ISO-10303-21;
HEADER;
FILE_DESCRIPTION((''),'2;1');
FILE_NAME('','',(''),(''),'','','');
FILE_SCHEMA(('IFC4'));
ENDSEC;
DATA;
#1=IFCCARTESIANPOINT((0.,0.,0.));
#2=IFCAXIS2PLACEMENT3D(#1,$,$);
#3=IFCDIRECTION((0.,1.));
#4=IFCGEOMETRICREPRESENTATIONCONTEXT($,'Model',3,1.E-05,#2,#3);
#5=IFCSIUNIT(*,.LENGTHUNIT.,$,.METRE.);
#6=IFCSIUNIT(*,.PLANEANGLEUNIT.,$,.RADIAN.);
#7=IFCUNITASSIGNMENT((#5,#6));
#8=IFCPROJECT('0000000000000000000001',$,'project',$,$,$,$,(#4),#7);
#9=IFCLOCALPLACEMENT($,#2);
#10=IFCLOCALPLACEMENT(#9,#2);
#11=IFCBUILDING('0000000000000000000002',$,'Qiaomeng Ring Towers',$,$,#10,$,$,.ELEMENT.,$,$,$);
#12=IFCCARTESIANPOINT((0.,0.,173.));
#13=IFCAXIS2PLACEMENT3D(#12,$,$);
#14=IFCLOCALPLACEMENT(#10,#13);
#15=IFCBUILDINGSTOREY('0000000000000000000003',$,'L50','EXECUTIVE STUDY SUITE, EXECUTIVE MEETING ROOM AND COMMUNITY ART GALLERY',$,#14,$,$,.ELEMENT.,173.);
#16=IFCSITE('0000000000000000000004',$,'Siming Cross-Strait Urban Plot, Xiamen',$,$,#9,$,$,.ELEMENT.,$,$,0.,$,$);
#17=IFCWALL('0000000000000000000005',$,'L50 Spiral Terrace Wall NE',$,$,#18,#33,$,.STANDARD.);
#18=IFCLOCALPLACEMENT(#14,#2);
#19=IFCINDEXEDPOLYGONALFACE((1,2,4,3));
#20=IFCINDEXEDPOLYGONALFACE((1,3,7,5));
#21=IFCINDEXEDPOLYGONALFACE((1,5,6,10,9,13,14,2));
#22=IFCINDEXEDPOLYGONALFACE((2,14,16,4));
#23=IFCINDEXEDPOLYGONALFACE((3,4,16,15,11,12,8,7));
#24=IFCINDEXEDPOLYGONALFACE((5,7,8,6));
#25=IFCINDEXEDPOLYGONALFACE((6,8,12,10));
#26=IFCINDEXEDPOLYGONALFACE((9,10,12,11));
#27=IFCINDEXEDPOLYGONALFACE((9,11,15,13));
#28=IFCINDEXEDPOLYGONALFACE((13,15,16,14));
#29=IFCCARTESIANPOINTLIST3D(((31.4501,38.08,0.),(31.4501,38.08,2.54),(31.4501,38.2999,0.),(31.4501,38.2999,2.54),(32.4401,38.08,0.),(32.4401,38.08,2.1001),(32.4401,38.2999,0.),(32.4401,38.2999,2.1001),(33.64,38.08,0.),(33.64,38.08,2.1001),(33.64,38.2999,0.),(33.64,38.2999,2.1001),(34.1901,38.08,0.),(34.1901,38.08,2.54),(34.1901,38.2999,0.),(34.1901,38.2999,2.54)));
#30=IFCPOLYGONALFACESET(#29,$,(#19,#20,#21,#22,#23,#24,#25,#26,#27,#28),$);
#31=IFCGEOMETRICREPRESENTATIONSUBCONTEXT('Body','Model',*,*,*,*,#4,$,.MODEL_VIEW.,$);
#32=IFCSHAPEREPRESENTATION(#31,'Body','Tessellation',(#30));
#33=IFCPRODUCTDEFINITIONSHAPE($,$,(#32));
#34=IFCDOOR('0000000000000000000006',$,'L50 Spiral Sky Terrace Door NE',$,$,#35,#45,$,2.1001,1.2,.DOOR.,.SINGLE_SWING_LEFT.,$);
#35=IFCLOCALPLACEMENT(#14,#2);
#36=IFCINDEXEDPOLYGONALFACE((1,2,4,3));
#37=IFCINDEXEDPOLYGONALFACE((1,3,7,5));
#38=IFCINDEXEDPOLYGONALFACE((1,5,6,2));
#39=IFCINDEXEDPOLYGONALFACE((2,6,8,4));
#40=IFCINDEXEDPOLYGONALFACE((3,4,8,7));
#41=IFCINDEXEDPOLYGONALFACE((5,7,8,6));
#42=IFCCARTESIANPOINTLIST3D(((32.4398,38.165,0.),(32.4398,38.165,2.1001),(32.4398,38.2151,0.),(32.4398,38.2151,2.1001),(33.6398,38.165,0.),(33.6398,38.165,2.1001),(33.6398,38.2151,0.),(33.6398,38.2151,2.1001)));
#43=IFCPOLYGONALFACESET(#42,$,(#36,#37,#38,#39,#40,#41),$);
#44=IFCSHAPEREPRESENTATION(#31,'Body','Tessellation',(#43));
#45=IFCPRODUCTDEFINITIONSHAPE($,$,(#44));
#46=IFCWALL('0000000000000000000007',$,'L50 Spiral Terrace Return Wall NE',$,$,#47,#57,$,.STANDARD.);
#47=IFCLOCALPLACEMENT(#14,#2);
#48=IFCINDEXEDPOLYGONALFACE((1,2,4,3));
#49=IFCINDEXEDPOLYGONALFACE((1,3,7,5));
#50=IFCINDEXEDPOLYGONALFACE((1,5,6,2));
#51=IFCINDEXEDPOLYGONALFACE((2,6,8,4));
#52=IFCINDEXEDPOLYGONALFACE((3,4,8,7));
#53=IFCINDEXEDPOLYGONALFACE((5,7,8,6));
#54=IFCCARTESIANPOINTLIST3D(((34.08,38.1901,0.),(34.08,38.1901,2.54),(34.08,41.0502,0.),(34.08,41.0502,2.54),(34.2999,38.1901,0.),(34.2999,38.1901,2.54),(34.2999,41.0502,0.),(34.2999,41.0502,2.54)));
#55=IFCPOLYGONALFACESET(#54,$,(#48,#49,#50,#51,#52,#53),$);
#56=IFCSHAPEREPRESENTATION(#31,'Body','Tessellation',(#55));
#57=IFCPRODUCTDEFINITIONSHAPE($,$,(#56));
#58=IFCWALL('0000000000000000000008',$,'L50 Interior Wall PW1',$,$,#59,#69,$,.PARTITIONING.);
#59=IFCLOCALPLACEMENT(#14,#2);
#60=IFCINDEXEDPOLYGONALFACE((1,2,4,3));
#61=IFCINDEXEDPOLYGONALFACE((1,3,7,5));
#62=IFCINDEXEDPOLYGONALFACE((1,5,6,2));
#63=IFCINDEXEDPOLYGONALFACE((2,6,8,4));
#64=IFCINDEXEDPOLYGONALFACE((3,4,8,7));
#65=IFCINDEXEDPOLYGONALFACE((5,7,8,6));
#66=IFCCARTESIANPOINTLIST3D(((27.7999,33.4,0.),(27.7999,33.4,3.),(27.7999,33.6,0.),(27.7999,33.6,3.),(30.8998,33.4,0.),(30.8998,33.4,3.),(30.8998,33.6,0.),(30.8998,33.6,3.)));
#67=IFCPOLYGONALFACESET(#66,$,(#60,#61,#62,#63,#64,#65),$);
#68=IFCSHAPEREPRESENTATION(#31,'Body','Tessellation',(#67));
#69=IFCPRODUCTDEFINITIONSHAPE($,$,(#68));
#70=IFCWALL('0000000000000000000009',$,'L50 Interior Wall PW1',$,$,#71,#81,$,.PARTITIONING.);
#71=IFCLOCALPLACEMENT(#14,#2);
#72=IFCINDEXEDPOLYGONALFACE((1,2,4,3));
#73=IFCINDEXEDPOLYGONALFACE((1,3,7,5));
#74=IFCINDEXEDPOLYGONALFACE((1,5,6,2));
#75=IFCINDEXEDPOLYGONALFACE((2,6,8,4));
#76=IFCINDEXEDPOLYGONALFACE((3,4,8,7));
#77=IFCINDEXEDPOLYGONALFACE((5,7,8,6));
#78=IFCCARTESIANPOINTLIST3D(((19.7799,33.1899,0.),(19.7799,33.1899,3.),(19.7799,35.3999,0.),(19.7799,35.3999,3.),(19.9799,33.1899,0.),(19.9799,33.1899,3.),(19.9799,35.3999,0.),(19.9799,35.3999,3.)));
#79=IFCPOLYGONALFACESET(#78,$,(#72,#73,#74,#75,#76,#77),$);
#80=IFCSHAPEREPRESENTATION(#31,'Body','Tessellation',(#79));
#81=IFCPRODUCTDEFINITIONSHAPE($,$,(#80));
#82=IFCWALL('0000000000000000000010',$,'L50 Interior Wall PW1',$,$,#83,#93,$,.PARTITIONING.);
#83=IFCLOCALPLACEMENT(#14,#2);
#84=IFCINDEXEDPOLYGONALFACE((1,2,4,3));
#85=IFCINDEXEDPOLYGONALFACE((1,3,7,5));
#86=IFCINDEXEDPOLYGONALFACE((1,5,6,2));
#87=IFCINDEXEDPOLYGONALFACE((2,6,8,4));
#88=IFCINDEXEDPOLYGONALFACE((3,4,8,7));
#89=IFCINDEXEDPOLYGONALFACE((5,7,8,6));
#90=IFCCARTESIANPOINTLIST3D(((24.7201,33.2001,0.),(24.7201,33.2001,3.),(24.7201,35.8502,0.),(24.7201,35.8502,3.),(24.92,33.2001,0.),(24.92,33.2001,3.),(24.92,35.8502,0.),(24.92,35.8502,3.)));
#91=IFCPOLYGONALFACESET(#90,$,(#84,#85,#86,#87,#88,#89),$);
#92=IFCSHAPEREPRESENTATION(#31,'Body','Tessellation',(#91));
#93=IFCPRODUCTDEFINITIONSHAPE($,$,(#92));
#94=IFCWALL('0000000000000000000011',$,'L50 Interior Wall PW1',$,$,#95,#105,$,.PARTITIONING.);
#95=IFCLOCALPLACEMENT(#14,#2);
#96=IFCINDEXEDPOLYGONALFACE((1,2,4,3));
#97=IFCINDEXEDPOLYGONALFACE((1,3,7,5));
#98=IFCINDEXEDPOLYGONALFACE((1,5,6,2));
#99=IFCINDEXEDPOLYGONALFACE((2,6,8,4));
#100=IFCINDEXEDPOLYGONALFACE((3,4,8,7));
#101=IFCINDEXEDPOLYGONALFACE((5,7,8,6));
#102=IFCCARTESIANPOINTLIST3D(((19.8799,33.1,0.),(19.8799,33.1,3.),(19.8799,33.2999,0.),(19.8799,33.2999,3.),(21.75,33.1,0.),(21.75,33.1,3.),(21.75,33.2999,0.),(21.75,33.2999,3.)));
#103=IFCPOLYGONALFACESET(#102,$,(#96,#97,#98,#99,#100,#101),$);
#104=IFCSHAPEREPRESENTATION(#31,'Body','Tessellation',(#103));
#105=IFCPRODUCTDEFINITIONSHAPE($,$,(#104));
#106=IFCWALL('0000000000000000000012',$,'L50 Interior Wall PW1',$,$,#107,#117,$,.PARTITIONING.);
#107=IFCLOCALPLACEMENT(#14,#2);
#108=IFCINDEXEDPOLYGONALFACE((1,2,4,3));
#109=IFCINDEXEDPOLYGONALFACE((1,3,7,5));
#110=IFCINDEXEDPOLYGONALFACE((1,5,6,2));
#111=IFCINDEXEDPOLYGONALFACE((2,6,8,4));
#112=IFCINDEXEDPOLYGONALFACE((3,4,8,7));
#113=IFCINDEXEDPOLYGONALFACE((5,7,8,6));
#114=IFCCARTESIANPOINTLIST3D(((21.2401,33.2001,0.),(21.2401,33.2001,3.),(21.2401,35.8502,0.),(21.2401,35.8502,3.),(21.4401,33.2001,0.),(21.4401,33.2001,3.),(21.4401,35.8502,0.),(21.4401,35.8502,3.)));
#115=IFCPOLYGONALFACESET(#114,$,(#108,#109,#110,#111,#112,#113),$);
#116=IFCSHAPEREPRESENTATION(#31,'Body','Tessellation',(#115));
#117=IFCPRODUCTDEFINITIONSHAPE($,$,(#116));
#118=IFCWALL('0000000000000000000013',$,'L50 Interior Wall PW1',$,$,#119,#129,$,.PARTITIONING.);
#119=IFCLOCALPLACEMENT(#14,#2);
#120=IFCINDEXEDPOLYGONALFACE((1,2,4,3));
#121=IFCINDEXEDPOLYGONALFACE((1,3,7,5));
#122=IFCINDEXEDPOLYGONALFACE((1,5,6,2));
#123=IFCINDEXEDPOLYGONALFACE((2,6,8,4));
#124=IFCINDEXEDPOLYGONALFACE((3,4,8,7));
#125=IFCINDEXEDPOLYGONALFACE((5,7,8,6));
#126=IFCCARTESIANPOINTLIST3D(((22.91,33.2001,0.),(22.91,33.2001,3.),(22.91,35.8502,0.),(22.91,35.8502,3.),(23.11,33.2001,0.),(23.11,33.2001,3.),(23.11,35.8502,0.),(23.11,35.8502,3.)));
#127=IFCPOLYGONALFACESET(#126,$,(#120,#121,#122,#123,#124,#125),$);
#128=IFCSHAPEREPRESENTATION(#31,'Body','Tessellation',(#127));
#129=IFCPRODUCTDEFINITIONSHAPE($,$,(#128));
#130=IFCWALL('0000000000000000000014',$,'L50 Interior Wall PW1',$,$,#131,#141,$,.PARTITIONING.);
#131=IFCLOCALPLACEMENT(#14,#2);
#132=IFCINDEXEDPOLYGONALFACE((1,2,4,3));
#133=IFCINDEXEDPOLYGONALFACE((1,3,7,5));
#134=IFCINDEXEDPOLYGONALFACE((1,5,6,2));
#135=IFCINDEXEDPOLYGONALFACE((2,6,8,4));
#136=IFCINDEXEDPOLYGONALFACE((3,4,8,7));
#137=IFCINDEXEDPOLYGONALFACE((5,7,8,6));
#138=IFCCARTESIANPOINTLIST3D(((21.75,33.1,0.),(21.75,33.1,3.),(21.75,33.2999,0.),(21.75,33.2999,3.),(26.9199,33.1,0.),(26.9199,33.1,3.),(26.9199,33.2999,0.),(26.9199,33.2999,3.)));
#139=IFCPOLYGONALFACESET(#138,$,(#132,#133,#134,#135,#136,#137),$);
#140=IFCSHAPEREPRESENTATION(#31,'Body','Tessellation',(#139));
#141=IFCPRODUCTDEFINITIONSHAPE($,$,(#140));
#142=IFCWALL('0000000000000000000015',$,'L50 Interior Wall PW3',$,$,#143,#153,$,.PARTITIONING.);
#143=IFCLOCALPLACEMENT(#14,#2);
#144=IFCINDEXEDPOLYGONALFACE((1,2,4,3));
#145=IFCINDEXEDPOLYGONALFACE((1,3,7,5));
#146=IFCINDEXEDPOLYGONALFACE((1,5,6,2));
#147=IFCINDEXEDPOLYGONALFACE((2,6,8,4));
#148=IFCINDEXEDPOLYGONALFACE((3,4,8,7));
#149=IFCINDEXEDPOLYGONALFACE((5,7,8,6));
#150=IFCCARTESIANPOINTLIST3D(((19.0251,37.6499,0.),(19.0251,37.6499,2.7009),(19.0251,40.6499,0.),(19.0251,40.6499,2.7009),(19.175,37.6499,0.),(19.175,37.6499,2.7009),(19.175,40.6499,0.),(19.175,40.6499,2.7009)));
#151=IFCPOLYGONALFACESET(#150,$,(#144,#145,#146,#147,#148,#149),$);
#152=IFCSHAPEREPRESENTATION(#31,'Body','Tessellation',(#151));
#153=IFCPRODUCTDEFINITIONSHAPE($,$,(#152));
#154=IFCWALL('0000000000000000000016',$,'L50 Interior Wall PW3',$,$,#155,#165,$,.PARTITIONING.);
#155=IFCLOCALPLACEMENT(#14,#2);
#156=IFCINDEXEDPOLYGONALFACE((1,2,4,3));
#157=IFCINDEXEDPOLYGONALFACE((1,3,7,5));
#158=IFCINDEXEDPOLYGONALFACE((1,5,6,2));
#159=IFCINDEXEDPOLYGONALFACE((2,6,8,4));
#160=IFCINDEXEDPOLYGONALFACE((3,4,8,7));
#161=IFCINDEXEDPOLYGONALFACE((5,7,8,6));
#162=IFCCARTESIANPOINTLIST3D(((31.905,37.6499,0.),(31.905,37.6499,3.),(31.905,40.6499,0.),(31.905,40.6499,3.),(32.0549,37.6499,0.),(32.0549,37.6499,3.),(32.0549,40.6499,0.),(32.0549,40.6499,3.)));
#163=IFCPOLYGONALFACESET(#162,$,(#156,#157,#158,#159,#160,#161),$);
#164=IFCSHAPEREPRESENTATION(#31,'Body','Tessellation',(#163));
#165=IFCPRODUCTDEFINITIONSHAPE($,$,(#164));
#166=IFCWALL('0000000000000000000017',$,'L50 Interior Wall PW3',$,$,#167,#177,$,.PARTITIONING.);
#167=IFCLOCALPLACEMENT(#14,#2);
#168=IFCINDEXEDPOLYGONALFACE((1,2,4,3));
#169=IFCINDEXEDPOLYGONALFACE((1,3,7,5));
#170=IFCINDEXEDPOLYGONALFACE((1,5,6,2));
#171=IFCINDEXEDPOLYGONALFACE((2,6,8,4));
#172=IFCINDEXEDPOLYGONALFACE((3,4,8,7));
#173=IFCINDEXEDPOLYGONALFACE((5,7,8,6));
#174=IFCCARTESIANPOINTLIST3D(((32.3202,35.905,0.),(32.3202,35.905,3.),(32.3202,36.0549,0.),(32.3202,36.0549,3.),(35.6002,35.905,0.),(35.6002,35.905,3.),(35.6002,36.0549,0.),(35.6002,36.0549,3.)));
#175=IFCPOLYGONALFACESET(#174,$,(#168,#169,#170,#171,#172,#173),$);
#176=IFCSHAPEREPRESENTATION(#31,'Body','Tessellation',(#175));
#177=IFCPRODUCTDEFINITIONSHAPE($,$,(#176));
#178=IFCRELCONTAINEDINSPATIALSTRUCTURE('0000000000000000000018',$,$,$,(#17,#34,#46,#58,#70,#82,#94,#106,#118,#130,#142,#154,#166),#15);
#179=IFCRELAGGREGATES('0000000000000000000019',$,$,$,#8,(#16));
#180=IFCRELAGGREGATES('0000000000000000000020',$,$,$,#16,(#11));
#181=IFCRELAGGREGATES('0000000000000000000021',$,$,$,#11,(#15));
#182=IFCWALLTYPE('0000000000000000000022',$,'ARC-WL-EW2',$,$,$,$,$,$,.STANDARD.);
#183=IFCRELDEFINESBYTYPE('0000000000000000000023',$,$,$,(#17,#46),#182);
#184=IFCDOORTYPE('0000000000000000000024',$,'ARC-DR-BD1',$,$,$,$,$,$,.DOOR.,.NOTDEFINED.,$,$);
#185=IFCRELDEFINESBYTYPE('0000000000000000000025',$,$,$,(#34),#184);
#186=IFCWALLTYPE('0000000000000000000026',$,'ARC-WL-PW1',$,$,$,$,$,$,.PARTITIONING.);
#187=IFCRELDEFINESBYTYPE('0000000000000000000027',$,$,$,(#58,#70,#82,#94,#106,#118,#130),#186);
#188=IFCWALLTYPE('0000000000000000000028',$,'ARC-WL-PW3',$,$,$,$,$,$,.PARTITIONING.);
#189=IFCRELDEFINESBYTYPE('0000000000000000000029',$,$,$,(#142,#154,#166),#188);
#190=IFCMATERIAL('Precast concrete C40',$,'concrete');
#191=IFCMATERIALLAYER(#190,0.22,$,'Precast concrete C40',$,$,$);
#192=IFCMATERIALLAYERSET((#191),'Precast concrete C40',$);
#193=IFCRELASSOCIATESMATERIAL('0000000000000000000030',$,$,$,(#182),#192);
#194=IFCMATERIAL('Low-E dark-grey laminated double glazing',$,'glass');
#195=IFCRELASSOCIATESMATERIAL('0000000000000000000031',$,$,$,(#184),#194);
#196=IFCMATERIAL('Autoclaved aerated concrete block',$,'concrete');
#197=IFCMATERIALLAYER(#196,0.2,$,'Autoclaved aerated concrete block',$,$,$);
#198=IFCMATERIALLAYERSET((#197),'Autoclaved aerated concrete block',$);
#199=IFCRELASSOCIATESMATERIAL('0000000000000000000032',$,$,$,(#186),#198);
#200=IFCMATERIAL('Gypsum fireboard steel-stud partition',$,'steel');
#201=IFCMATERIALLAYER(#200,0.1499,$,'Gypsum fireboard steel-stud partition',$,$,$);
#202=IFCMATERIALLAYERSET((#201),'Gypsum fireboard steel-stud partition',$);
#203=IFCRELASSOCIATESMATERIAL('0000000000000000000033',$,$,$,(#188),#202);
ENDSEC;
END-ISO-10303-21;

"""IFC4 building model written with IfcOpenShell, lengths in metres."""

from ifc_helpers import new_model, si_unit, direction, frame, frame_2d, origin, place, context, subcontext, project, spatial, rectangle, extrude, source, transform, mapped, material, layer, layer_set, type_object, element, fill, save


model = new_model("IFC4")

# Units and contexts
model_context = context("Model", 3, precision=1e-05, world=origin(), true_north=direction((0.0, 1.0)))
body_context = subcontext(model_context, "Body", "Model", "MODEL_VIEW")
ifc_project = project(units=[si_unit("LENGTHUNIT", "METRE"), si_unit("PLANEANGLEUNIT", "RADIAN")], contexts=[model_context])

# Site, building, storey
site_placement = place(None, origin())
site = spatial("IfcSite", under=ifc_project, at=site_placement, Name="Siming Cross-Strait Urban Plot, Xiamen", CompositionType="ELEMENT", RefElevation=0.0)
building_placement = place(site_placement, origin())
building = spatial("IfcBuilding", under=site, at=building_placement, Name="Qiaomeng Ring Towers", CompositionType="ELEMENT")
storey_placement = place(building_placement, frame((0.0, 0.0, 173.0)))
storey = spatial("IfcBuildingStorey", under=building, at=storey_placement, Name="L50", Description="EXECUTIVE STUDY SUITE, EXECUTIVE MEETING ROOM AND COMMUNITY ART GALLERY", CompositionType="ELEMENT", Elevation=173.0)

# Wall, opening, door
ifc_material_1 = material(Name="Precast concrete C40", Category="concrete")
ifc_layer_1 = layer(ifc_material_1, 0.22, Name="Precast concrete C40")
ifc_layer_set_1 = layer_set([ifc_layer_1], Name="Precast concrete C40")
wall_type_1 = type_object("IfcWallType", Name="ARC-WL-EW2", PredefinedType="STANDARD", material=ifc_layer_set_1)
wall_1_placement = place(storey_placement, frame((31.45, 38.1899, 0.0), z_axis=(0.0, 0.0, 1.0), x_axis=(1.0, 0.0, 0.0)))
wall_1 = element("IfcWall", 1, at=wall_1_placement, inside=storey, type_object=wall_type_1, Name="L50 Spiral Terrace Wall NE", PredefinedType="STANDARD", context=body_context, shape_type="SweptSolid", body=[
    extrude(rectangle(XDim=2.74, YDim=0.22, at=frame_2d((1.3701, 0.0))), origin(), (0.0, 0.0, 1.0), 2.54),
])
opening_1_placement = place(wall_1_placement, frame((0.99, 0.0, 0.0)))
opening_1 = element("IfcOpeningElement", 2, at=opening_1_placement, cuts=wall_1, PredefinedType="OPENING", context=body_context, shape_type="SweptSolid", body=[
    extrude(rectangle(XDim=1.2, YDim=2.1001, at=frame_2d((0.6001, 1.05))), frame((0.0, 0.1199, 0.0), z_axis=(0.0, -1.0, 0.0), x_axis=(1.0, 0.0, 0.0)), (0.0, 0.0, 1.0), 0.24),
])
ifc_material_2 = material(Name="Low-E dark-grey laminated double glazing", Category="glass")
door_type_1 = type_object("IfcDoorType", Name="ARC-DR-BD1", OperationType="NOTDEFINED", PredefinedType="DOOR", material=ifc_material_2)
shared_shape_1 = source(origin(), body_context, "Body", "SweptSolid", [
    extrude(rectangle(XDim=1.2, YDim=2.1001, at=frame_2d((0.6001, 1.05))), frame((0.0, 0.0249, 0.0), z_axis=(0.0, -1.0, 0.0), x_axis=(1.0, 0.0, 0.0)), (0.0, 0.0, 1.0), 0.05),
])
door_1_placement = place(opening_1_placement, frame((1.2, 0.0, 0.0), z_axis=(0.0, 0.0, 1.0), x_axis=(-1.0, 0.0, 0.0)))
door_1 = element("IfcDoor", 3, at=door_1_placement, inside=storey, type_object=door_type_1, Name="L50 Spiral Sky Terrace Door NE", OperationType="SINGLE_SWING_LEFT", OverallHeight=2.1001, OverallWidth=1.2, PredefinedType="DOOR", context=body_context, shape_type="MappedRepresentation", body=[
    mapped(shared_shape_1, transform((0.0, 0.0, 0.0), x_axis=(1.0, 0.0, 0.0), y_axis=(0.0, 1.0, 0.0), z_axis=(0.0, 0.0, 1.0), scale=1.0)),
])
fill(opening_1, door_1)

# Walls
wall_2_placement = place(storey_placement, frame((34.1899, 38.1899, 0.0), z_axis=(0.0, 0.0, 1.0), x_axis=(0.0, 1.0, 0.0)))
element("IfcWall", 4, at=wall_2_placement, inside=storey, type_object=wall_type_1, Name="L50 Spiral Terrace Return Wall NE", PredefinedType="STANDARD", context=body_context, shape_type="SweptSolid", body=[
    extrude(rectangle(XDim=2.8601, YDim=0.22, at=frame_2d((1.4302, 0.0))), origin(), (0.0, 0.0, 1.0), 2.54),
])
ifc_material_3 = material(Name="Autoclaved aerated concrete block", Category="concrete")
ifc_layer_2 = layer(ifc_material_3, 0.2, Name="Autoclaved aerated concrete block")
ifc_layer_set_2 = layer_set([ifc_layer_2], Name="Autoclaved aerated concrete block")
wall_type_2 = type_object("IfcWallType", Name="ARC-WL-PW1", PredefinedType="PARTITIONING", material=ifc_layer_set_2)
wall_3_placement = place(storey_placement, frame((27.8, 33.5, 0.0), z_axis=(0.0, 0.0, 1.0), x_axis=(1.0, 0.0, 0.0)))
element("IfcWall", 5, at=wall_3_placement, inside=storey, type_object=wall_type_2, Name="L50 Interior Wall PW1", PredefinedType="PARTITIONING", context=body_context, shape_type="SweptSolid", body=[
    extrude(rectangle(XDim=3.0999, YDim=0.2, at=frame_2d((1.5498, 0.0))), origin(), (0.0, 0.0, 1.0), 3.0),
])
wall_4_placement = place(storey_placement, frame((19.8799, 33.1899, 0.0), z_axis=(0.0, 0.0, 1.0), x_axis=(0.0, 1.0, 0.0)))
element("IfcWall", 6, at=wall_4_placement, inside=storey, type_object=wall_type_2, Name="L50 Interior Wall PW1", PredefinedType="PARTITIONING", context=body_context, shape_type="SweptSolid", body=[
    extrude(rectangle(XDim=2.21, YDim=0.2, at=frame_2d((1.105, 0.0))), origin(), (0.0, 0.0, 1.0), 3.0),
])
wall_5_placement = place(storey_placement, frame((24.8201, 33.2, 0.0), z_axis=(0.0, 0.0, 1.0), x_axis=(0.0, 1.0, 0.0)))
element("IfcWall", 7, at=wall_5_placement, inside=storey, type_object=wall_type_2, Name="L50 Interior Wall PW1", PredefinedType="PARTITIONING", context=body_context, shape_type="SweptSolid", body=[
    extrude(rectangle(XDim=2.6501, YDim=0.2, at=frame_2d((1.3252, 0.0))), origin(), (0.0, 0.0, 1.0), 3.0),
])
wall_6_placement = place(storey_placement, frame((19.8799, 33.2, 0.0), z_axis=(0.0, 0.0, 1.0), x_axis=(1.0, 0.0, 0.0)))
element("IfcWall", 8, at=wall_6_placement, inside=storey, type_object=wall_type_2, Name="L50 Interior Wall PW1", PredefinedType="PARTITIONING", context=body_context, shape_type="SweptSolid", body=[
    extrude(rectangle(XDim=1.8701, YDim=0.2, at=frame_2d((0.9351, 0.0))), origin(), (0.0, 0.0, 1.0), 3.0),
])
for number, where, z_axis, x_axis, name in (
    (9, (21.3401, 33.2, 0.0), (0.0, 0.0, 1.0), (0.0, 1.0, 0.0), "L50 Interior Wall PW1"),
    (10, (23.01, 33.2, 0.0), (0.0, 0.0, 1.0), (0.0, 1.0, 0.0), "L50 Interior Wall PW1"),
):
    element("IfcWall", number, at=place(storey_placement, frame(where, z_axis=z_axis, x_axis=x_axis)), inside=storey, type_object=wall_type_2, Name=name, PredefinedType="PARTITIONING", context=body_context, shape_type="SweptSolid", body=[
        extrude(rectangle(XDim=2.6501, YDim=0.2, at=frame_2d((1.3252, 0.0))), origin(), (0.0, 0.0, 1.0), 3.0),
    ])
wall_7_placement = place(storey_placement, frame((21.75, 33.2, 0.0), z_axis=(0.0, 0.0, 1.0), x_axis=(1.0, 0.0, 0.0)))
element("IfcWall", 11, at=wall_7_placement, inside=storey, type_object=wall_type_2, Name="L50 Interior Wall PW1", PredefinedType="PARTITIONING", context=body_context, shape_type="SweptSolid", body=[
    extrude(rectangle(XDim=5.1699, YDim=0.2, at=frame_2d((2.585, 0.0))), origin(), (0.0, 0.0, 1.0), 3.0),
])
ifc_material_4 = material(Name="Gypsum fireboard steel-stud partition", Category="steel")
ifc_layer_3 = layer(ifc_material_4, 0.1499, Name="Gypsum fireboard steel-stud partition")
ifc_layer_set_3 = layer_set([ifc_layer_3], Name="Gypsum fireboard steel-stud partition")
wall_type_3 = type_object("IfcWallType", Name="ARC-WL-PW3", PredefinedType="PARTITIONING", material=ifc_layer_set_3)
wall_8_placement = place(storey_placement, frame((19.1001, 37.6499, 0.0), z_axis=(0.0, 0.0, 1.0), x_axis=(0.0, 1.0, 0.0)))
element("IfcWall", 12, at=wall_8_placement, inside=storey, type_object=wall_type_3, Name="L50 Interior Wall PW3", PredefinedType="PARTITIONING", context=body_context, shape_type="SweptSolid", body=[
    extrude(rectangle(XDim=3.0, YDim=0.1499, at=frame_2d((1.5, 0.0))), origin(), (0.0, 0.0, 1.0), 2.7009),
])
wall_9_placement = place(storey_placement, frame((31.98, 37.6499, 0.0), z_axis=(0.0, 0.0, 1.0), x_axis=(0.0, 1.0, 0.0)))
element("IfcWall", 13, at=wall_9_placement, inside=storey, type_object=wall_type_3, Name="L50 Interior Wall PW3", PredefinedType="PARTITIONING", context=body_context, shape_type="SweptSolid", body=[
    extrude(rectangle(XDim=3.0, YDim=0.1499, at=frame_2d((1.5, 0.0))), origin(), (0.0, 0.0, 1.0), 3.0),
])
wall_10_placement = place(storey_placement, frame((32.3201, 35.98, 0.0), z_axis=(0.0, 0.0, 1.0), x_axis=(1.0, 0.0, 0.0)))
element("IfcWall", 14, at=wall_10_placement, inside=storey, type_object=wall_type_3, Name="L50 Interior Wall PW3", PredefinedType="PARTITIONING", context=body_context, shape_type="SweptSolid", body=[
    extrude(rectangle(XDim=3.28, YDim=0.1499, at=frame_2d((1.6401, 0.0))), origin(), (0.0, 0.0, 1.0), 3.0),
])

save(model, "model.ifc")
